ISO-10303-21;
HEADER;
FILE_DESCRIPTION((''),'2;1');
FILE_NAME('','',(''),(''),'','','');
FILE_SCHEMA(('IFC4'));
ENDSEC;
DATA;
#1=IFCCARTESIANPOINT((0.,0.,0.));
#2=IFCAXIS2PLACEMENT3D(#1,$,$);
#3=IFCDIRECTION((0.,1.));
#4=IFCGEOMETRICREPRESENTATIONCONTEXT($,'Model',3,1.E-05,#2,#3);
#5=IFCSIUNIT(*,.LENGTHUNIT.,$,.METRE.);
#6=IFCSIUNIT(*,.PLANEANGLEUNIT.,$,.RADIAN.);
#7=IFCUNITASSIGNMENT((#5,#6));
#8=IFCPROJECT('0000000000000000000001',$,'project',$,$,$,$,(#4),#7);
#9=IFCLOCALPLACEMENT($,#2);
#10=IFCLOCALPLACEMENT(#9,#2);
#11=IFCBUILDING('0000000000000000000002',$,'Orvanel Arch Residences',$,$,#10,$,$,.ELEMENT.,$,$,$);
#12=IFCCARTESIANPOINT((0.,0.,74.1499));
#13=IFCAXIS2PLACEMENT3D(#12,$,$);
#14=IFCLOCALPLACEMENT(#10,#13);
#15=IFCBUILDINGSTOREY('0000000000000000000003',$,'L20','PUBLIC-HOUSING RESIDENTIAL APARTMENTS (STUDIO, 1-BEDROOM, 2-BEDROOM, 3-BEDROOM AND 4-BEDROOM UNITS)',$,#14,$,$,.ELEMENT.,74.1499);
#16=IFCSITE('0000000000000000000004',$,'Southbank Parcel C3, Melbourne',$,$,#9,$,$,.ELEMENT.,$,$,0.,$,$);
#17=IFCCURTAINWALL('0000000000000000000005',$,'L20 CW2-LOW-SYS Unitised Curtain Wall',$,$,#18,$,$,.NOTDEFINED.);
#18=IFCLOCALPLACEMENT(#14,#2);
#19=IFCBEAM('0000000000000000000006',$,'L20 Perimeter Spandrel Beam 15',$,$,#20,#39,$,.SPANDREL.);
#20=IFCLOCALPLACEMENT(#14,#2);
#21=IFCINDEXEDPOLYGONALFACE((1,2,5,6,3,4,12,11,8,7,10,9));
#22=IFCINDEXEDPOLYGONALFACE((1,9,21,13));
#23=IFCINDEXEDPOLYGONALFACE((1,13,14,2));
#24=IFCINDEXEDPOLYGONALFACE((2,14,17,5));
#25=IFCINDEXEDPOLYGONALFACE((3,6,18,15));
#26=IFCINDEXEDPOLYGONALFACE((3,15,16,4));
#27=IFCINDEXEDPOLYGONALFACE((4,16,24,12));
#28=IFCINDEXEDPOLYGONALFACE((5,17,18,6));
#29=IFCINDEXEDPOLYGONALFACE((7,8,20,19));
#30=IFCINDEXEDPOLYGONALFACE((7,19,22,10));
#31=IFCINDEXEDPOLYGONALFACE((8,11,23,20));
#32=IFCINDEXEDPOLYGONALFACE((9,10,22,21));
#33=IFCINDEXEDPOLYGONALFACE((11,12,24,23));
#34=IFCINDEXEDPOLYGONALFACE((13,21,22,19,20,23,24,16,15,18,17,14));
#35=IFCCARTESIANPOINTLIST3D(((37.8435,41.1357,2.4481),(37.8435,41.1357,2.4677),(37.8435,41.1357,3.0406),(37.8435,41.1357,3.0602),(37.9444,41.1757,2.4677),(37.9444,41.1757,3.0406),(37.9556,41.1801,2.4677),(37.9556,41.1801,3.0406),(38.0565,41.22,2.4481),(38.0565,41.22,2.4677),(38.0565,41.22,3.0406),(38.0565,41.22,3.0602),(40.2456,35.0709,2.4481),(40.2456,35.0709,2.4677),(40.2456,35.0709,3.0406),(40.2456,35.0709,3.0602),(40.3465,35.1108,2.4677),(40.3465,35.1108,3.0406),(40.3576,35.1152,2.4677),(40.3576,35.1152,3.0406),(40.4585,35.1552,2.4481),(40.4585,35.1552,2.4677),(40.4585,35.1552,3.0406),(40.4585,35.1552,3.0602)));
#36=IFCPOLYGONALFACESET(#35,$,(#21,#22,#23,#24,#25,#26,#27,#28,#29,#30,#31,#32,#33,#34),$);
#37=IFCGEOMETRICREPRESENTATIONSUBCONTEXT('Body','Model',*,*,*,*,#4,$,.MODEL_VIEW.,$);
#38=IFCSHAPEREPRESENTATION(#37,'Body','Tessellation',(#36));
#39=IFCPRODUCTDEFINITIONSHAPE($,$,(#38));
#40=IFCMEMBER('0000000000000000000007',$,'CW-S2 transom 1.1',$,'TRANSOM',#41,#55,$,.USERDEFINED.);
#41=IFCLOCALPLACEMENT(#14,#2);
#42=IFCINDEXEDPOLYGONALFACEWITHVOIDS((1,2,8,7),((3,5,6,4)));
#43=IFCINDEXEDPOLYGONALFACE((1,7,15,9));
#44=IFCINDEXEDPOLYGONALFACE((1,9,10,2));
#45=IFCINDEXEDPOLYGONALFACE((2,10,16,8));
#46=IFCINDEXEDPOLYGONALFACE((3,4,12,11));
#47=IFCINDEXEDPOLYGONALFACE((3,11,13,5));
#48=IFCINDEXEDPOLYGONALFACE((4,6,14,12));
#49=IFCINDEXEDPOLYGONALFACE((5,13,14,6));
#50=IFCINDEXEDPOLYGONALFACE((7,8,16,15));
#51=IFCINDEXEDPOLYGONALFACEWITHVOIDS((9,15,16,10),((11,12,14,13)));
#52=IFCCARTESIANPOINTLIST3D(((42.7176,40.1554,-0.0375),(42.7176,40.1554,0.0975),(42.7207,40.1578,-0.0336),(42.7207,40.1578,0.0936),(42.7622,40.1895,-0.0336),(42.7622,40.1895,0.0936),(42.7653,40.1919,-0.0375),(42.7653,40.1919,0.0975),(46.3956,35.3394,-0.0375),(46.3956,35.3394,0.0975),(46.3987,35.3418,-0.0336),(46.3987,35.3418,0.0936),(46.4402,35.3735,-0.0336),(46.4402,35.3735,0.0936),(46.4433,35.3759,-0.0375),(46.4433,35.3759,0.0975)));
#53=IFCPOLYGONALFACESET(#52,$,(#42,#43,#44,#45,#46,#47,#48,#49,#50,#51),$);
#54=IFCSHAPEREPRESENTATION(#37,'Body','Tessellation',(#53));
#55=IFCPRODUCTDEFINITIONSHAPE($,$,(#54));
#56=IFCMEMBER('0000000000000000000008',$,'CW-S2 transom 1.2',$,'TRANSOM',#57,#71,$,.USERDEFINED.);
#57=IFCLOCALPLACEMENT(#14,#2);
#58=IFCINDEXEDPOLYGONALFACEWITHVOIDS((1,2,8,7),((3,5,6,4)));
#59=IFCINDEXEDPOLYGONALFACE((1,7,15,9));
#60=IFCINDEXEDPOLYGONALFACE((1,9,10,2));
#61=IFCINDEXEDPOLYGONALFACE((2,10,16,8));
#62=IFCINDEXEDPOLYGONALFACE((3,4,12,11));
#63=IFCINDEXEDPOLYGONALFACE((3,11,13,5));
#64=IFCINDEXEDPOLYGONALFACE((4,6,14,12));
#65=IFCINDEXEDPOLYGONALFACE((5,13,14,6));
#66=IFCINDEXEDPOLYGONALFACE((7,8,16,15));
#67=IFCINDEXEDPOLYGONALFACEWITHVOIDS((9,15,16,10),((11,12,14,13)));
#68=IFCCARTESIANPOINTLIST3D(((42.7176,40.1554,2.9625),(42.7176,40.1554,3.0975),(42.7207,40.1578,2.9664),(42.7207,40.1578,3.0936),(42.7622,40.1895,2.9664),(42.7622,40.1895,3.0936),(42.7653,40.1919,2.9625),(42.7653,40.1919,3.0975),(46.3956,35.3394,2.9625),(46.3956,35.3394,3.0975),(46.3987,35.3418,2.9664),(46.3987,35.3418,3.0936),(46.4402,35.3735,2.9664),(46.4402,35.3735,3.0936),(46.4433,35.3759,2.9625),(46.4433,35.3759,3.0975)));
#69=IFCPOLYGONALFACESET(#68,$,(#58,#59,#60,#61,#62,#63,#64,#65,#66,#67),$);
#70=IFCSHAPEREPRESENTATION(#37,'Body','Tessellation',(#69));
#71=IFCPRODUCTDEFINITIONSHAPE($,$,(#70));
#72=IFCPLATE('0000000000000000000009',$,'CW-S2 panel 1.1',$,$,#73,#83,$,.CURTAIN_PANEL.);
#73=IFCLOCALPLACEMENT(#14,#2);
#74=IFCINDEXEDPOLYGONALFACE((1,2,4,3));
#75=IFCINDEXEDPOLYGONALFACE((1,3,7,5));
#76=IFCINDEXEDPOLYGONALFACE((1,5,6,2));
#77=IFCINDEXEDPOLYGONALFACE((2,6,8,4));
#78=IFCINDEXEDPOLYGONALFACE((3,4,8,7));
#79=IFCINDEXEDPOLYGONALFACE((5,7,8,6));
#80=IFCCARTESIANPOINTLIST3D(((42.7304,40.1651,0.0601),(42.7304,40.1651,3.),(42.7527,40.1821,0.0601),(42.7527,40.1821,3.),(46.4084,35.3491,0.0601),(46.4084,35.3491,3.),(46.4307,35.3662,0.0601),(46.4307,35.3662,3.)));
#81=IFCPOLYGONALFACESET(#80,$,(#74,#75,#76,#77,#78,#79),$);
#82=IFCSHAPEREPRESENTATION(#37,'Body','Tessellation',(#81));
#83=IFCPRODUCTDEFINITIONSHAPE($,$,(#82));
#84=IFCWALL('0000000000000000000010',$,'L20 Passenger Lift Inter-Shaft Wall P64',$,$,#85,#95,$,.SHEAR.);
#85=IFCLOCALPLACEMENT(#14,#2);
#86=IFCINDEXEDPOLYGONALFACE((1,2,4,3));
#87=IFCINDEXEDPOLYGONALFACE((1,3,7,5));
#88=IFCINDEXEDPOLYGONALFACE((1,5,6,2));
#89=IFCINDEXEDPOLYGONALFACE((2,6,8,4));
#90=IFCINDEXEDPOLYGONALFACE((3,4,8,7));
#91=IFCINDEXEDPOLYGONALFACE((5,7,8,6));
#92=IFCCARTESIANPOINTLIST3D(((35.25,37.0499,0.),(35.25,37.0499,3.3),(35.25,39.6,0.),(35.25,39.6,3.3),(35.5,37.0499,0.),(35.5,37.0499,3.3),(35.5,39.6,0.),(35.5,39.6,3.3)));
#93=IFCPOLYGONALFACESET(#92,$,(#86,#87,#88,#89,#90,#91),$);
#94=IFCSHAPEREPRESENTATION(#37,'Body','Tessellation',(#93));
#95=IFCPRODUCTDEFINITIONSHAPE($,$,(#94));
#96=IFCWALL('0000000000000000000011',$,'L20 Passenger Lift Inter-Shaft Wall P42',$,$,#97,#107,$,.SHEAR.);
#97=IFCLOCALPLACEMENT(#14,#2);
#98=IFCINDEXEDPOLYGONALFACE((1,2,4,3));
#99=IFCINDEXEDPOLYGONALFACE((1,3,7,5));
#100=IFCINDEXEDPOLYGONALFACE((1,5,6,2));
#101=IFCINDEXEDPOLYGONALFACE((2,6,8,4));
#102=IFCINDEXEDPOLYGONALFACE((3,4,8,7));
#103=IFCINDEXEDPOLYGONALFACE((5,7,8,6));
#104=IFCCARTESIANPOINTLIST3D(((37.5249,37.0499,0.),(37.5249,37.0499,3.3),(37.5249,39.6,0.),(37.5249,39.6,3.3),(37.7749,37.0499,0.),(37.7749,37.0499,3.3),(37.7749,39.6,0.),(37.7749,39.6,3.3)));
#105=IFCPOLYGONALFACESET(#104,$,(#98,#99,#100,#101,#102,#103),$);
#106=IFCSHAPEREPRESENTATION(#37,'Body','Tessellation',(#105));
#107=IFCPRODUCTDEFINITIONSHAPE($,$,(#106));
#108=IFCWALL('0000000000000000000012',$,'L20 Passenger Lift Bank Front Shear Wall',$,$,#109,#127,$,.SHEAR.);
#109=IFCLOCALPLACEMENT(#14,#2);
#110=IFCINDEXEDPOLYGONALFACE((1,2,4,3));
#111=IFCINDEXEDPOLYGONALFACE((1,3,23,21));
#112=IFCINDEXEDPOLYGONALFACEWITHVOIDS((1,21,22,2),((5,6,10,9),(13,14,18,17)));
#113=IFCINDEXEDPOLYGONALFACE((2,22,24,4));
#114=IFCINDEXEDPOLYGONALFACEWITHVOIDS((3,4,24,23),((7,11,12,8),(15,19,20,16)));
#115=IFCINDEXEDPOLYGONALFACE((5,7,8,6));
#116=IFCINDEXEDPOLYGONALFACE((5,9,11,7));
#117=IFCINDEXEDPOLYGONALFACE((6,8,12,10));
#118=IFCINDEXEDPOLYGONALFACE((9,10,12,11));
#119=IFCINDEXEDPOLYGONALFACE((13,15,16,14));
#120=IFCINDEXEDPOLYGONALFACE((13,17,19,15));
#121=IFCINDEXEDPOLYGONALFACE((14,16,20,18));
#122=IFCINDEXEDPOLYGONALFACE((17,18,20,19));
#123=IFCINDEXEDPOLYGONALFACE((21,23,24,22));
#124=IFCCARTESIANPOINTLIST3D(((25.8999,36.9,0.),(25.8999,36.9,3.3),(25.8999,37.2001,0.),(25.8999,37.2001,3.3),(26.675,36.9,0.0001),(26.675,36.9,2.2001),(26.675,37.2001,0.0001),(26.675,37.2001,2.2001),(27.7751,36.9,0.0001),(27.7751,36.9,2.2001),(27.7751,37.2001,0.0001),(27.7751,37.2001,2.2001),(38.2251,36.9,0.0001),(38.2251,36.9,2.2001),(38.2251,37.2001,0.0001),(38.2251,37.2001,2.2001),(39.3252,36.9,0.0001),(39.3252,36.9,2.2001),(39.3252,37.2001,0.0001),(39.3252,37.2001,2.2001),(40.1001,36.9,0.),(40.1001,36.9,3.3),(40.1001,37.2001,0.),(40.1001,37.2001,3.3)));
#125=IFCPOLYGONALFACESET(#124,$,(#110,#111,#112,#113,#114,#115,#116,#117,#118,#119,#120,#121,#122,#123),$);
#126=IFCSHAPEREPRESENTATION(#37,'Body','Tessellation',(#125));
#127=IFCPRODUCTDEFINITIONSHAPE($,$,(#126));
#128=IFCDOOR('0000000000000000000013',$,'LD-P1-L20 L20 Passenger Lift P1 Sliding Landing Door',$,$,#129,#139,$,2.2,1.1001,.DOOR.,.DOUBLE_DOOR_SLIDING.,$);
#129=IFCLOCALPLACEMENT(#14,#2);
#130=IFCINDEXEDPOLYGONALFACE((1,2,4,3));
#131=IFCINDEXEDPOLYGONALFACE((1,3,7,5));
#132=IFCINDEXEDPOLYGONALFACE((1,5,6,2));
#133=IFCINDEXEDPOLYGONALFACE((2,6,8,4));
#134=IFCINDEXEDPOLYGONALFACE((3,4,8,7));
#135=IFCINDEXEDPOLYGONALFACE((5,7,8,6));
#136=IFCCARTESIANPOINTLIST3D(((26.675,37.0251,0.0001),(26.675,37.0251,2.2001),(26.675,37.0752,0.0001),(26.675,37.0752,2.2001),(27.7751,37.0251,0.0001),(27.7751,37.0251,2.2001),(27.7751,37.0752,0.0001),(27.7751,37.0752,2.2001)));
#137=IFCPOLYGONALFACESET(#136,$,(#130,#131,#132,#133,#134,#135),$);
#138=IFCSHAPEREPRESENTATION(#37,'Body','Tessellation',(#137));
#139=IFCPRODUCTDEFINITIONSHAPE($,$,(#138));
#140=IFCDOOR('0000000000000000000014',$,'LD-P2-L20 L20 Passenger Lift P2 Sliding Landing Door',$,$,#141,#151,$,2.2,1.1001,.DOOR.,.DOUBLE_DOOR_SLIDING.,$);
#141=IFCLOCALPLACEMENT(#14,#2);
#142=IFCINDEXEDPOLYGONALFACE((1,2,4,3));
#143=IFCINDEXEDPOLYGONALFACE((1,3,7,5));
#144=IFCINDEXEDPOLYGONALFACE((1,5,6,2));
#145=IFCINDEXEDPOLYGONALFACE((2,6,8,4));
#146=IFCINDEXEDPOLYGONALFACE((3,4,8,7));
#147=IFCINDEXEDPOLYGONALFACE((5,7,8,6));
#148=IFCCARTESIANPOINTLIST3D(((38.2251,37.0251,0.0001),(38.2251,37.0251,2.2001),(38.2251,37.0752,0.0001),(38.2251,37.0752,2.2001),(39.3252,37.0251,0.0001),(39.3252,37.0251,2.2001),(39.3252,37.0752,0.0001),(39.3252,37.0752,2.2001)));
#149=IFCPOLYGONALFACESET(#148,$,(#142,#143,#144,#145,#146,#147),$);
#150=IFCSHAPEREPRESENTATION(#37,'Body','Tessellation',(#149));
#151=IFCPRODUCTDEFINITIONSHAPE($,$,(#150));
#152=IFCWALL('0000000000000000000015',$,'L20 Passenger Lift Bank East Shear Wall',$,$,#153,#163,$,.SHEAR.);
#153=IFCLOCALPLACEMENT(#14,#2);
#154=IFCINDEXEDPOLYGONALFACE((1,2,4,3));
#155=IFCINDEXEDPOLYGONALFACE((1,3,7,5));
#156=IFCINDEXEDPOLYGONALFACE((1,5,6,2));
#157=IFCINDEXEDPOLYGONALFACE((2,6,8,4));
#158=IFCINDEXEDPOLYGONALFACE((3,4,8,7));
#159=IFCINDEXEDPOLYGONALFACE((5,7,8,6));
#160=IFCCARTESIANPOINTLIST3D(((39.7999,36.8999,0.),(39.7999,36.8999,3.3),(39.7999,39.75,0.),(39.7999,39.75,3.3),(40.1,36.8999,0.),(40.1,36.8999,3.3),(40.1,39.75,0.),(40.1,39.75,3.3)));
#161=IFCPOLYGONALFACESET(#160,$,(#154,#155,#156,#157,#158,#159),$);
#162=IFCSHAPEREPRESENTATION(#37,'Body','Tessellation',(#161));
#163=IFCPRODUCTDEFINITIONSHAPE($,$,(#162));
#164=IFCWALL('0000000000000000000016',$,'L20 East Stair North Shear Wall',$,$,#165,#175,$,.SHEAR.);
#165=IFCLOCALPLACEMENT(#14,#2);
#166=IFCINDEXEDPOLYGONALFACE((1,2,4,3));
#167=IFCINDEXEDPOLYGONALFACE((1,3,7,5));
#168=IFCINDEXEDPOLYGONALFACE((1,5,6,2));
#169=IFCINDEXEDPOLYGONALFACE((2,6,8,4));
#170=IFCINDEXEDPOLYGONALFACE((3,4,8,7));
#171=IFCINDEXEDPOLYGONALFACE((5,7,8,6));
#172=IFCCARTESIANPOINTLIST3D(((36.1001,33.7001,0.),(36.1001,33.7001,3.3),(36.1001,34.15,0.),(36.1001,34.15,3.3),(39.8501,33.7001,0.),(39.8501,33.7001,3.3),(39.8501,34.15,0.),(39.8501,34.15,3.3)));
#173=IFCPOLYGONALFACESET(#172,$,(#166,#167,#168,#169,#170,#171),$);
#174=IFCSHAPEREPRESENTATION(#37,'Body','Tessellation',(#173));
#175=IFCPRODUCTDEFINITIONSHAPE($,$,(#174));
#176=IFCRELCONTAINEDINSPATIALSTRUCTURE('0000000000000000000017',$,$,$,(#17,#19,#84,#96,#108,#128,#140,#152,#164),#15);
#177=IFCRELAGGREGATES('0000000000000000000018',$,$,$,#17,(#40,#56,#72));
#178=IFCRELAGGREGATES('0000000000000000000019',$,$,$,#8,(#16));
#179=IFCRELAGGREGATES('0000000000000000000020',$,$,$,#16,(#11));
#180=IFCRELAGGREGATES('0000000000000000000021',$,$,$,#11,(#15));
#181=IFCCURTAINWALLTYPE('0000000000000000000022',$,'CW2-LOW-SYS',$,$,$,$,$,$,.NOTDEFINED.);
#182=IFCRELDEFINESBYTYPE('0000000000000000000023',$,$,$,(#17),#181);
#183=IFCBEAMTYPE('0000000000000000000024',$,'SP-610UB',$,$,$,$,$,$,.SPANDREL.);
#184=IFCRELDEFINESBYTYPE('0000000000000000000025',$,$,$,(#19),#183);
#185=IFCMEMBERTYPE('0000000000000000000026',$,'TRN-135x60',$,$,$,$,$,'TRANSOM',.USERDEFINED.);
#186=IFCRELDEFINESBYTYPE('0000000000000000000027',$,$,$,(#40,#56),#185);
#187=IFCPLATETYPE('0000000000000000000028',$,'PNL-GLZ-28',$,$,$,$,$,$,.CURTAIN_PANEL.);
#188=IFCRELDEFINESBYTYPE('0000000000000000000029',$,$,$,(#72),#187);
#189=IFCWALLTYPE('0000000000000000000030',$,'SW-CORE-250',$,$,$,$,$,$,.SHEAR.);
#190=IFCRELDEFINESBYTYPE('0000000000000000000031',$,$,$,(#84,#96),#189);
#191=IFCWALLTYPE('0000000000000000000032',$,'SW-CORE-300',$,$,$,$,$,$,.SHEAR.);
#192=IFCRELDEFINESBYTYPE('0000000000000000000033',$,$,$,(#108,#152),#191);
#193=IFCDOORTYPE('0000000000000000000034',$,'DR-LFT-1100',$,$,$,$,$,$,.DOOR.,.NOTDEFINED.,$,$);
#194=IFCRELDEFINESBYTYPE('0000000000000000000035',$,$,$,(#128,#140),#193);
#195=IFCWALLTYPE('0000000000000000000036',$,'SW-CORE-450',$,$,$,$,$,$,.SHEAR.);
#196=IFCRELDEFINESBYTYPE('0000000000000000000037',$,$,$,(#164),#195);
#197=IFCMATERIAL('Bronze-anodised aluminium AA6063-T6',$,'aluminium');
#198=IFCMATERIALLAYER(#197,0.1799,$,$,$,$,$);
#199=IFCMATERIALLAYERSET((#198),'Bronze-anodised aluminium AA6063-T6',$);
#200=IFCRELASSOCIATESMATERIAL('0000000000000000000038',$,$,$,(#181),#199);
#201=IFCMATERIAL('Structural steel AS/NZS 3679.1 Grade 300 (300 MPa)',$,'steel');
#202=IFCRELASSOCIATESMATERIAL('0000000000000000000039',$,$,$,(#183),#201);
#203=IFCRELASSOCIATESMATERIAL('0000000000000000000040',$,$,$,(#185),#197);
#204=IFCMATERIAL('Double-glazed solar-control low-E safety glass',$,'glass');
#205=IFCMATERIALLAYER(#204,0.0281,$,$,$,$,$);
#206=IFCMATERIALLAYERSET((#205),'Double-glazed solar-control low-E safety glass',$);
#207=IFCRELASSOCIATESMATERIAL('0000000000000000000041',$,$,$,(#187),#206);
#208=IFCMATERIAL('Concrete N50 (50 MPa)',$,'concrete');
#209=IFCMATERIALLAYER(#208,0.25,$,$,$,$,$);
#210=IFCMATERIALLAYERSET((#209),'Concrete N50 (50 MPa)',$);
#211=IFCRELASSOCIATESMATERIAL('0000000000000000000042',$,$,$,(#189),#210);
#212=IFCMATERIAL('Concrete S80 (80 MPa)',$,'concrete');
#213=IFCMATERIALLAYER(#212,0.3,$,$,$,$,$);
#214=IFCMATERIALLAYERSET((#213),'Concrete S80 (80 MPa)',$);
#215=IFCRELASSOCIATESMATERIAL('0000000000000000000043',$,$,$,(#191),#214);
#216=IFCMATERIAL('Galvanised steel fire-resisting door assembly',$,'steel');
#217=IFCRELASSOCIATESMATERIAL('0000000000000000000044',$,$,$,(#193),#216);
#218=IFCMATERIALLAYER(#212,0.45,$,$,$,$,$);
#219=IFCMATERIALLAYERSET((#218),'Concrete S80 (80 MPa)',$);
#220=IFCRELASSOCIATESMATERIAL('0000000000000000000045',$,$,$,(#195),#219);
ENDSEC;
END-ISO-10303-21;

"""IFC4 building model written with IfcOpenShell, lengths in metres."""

from ifc_helpers import new_model, si_unit, direction, frame, frame_2d, origin, origin_2d, place, context, subcontext, project, spatial, rectangle, hollow_rectangle, i_section, extrude, material, layer, layer_set, material_profile, profile_set, type_object, element, fill, aggregate, save


model = new_model("IFC4")

# Units and contexts
model_context = context("Model", 3, precision=1e-05, world=origin(), true_north=direction((0.0, 1.0)))
body_context = subcontext(model_context, "Body", "Model", "MODEL_VIEW")
ifc_project = project(units=[si_unit("LENGTHUNIT", "METRE"), si_unit("PLANEANGLEUNIT", "RADIAN")], contexts=[model_context])

# Site, building, storey
site_placement = place(None, origin())
site = spatial("IfcSite", under=ifc_project, at=site_placement, Name="Southbank Parcel C3, Melbourne", CompositionType="ELEMENT", RefElevation=0.0)
building_placement = place(site_placement, origin())
building = spatial("IfcBuilding", under=site, at=building_placement, Name="Orvanel Arch Residences", CompositionType="ELEMENT")
storey_placement = place(building_placement, frame((0.0, 0.0, 74.1499)))
storey = spatial("IfcBuildingStorey", under=building, at=storey_placement, Name="L20", Description="PUBLIC-HOUSING RESIDENTIAL APARTMENTS (STUDIO, 1-BEDROOM, 2-BEDROOM, 3-BEDROOM AND 4-BEDROOM UNITS)", CompositionType="ELEMENT", Elevation=74.1499)

# Shared definitions
ifc_material_1 = material(Name="Structural steel AS/NZS 3679.1 Grade 300 (300 MPa)", Category="steel")

# Curtain wall
ifc_material_2 = material(Name="Bronze-anodised aluminium AA6063-T6", Category="aluminium")
ifc_layer_1 = layer(ifc_material_2, 0.1799)
ifc_layer_set_1 = layer_set([ifc_layer_1], Name="Bronze-anodised aluminium AA6063-T6")
curtain_wall_type = type_object("IfcCurtainWallType", Name="CW2-LOW-SYS", PredefinedType="NOTDEFINED", material=ifc_layer_set_1)
curtain_wall_1_placement = place(storey_placement, origin())
curtain_wall_1 = element("IfcCurtainWall", 1, at=curtain_wall_1_placement, inside=storey, type_object=curtain_wall_type, Name="L20 CW2-LOW-SYS Unitised Curtain Wall", PredefinedType="NOTDEFINED")

# Beam
ifc_material_profile_1 = material_profile(ifc_material_1, i_section(OverallWidth=0.229, OverallDepth=0.6121, WebThickness=0.012, FlangeThickness=0.0195, at=origin_2d()), Name="610UB125")
ifc_profile_set_1 = profile_set([ifc_material_profile_1], Name="Structural steel AS/NZS 3679.1 Grade 300 (300 MPa)")
beam_type_1 = type_object("IfcBeamType", Name="SP-610UB", PredefinedType="SPANDREL", material=ifc_profile_set_1)
beam_1_placement = place(storey_placement, frame((40.3521, 35.113, 2.7542), z_axis=(-0.368233, 0.929733, 0.0), x_axis=(-0.929733, -0.368233, 0.0)))
element("IfcBeam", 2, at=beam_1_placement, inside=storey, type_object=beam_type_1, Name="L20 Perimeter Spandrel Beam 15", PredefinedType="SPANDREL", context=body_context, shape_type="SweptSolid", body=[
    extrude(i_section(OverallWidth=0.229, OverallDepth=0.6121, WebThickness=0.012, FlangeThickness=0.0195, at=origin_2d()), origin(), (0.0, 0.0, 1.0), 6.5232),
])

# Members
ifc_material_profile_2 = material_profile(ifc_material_2, hollow_rectangle(XDim=0.0601, YDim=0.135, WallThickness=0.0039, at=origin_2d()), Name="ALU135x60x4")
ifc_profile_set_2 = profile_set([ifc_material_profile_2], Name="Bronze-anodised aluminium AA6063-T6")
member_type_1 = type_object("IfcMemberType", Name="TRN-135x60", ElementType="TRANSOM", PredefinedType="USERDEFINED", material=ifc_profile_set_2)
member_1_placement = place(storey_placement, frame((46.4194, 35.3577, 0.03), z_axis=(-0.606952, 0.794738, 0.0), x_axis=(-0.794738, -0.606952, 0.0)))
member_1 = element("IfcMember", 3, at=member_1_placement, type_object=member_type_1, Name="CW-S2 transom 1.1", ObjectType="TRANSOM", PredefinedType="USERDEFINED", context=body_context, shape_type="SweptSolid", body=[
    extrude(hollow_rectangle(XDim=0.0601, YDim=0.135, WallThickness=0.0039, at=origin_2d()), origin(), (0.0, 0.0, 1.0), 6.0598),
])
member_2_placement = place(storey_placement, frame((46.4194, 35.3577, 3.03), z_axis=(-0.606952, 0.794738, 0.0), x_axis=(-0.794738, -0.606952, 0.0)))
member_2 = element("IfcMember", 4, at=member_2_placement, type_object=member_type_1, Name="CW-S2 transom 1.2", ObjectType="TRANSOM", PredefinedType="USERDEFINED", context=body_context, shape_type="SweptSolid", body=[
    extrude(hollow_rectangle(XDim=0.0601, YDim=0.135, WallThickness=0.0039, at=origin_2d()), origin(), (0.0, 0.0, 1.0), 6.0598),
])

# Plate
ifc_material_3 = material(Name="Double-glazed solar-control low-E safety glass", Category="glass")
ifc_layer_2 = layer(ifc_material_3, 0.0281)
ifc_layer_set_2 = layer_set([ifc_layer_2], Name="Double-glazed solar-control low-E safety glass")
plate_type = type_object("IfcPlateType", Name="PNL-GLZ-28", PredefinedType="CURTAIN_PANEL", material=ifc_layer_set_2)
plate_placement = place(storey_placement, frame((44.5806, 37.7656, 0.0601), z_axis=(0.0, 0.0, 1.0), x_axis=(-0.60695, 0.79474, 0.0)))
plate = element("IfcPlate", 5, at=plate_placement, type_object=plate_type, Name="CW-S2 panel 1.1", PredefinedType="CURTAIN_PANEL", context=body_context, shape_type="SweptSolid", body=[
    extrude(rectangle(XDim=6.0598, YDim=0.0281, at=origin_2d()), origin(), (0.0, 0.0, 1.0), 2.9399),
])
aggregate(curtain_wall_1, [member_1, member_2, plate])

# Walls
ifc_material_4 = material(Name="Concrete N50 (50 MPa)", Category="concrete")
ifc_layer_3 = layer(ifc_material_4, 0.25)
ifc_layer_set_3 = layer_set([ifc_layer_3], Name="Concrete N50 (50 MPa)")
wall_type_1 = type_object("IfcWallType", Name="SW-CORE-250", PredefinedType="SHEAR", material=ifc_layer_set_3)
for number, where, z_axis, x_axis, name in (
    (6, (35.375, 37.05, 0.0), (0.0, 0.0, 1.0), (0.0, 1.0, 0.0), "L20 Passenger Lift Inter-Shaft Wall P64"),
    (7, (37.6499, 37.05, 0.0), (0.0, 0.0, 1.0), (0.0, 1.0, 0.0), "L20 Passenger Lift Inter-Shaft Wall P42"),
):
    element("IfcWall", number, at=place(storey_placement, frame(where, z_axis=z_axis, x_axis=x_axis)), inside=storey, type_object=wall_type_1, Name=name, PredefinedType="SHEAR", context=body_context, shape_type="SweptSolid", body=[
        extrude(rectangle(XDim=2.55, YDim=0.25, at=frame_2d((1.2749, 0.0))), origin(), (0.0, 0.0, 1.0), 3.3),
    ])

# Wall, openings, doors
ifc_material_5 = material(Name="Concrete S80 (80 MPa)", Category="concrete")
ifc_layer_4 = layer(ifc_material_5, 0.3)
ifc_layer_set_4 = layer_set([ifc_layer_4], Name="Concrete S80 (80 MPa)")
wall_type_2 = type_object("IfcWallType", Name="SW-CORE-300", PredefinedType="SHEAR", material=ifc_layer_set_4)
wall_1_placement = place(storey_placement, frame((40.1001, 37.05, 0.0), z_axis=(0.0, 0.0, 1.0), x_axis=(-1.0, 0.0, 0.0)))
wall_1 = element("IfcWall", 8, at=wall_1_placement, inside=storey, type_object=wall_type_2, Name="L20 Passenger Lift Bank Front Shear Wall", PredefinedType="SHEAR", context=body_context, shape_type="SweptSolid", body=[
    extrude(rectangle(XDim=14.2002, YDim=0.3, at=frame_2d((7.1001, 0.0))), origin(), (0.0, 0.0, 1.0), 3.3),
])
opening_1_placement = place(wall_1_placement, frame((12.325, 0.0, 0.0)))
opening_1 = element("IfcOpeningElement", 9, at=opening_1_placement, cuts=wall_1, PredefinedType="OPENING", context=body_context, shape_type="SweptSolid", body=[
    extrude(rectangle(XDim=1.1001, YDim=2.2, at=frame_2d((0.55, 1.1001))), frame((0.0, 0.1599, 0.0), z_axis=(0.0, -1.0, 0.0), x_axis=(1.0, 0.0, 0.0)), (0.0, 0.0, 1.0), 0.3201),
])
opening_2_placement = place(wall_1_placement, frame((0.7749, 0.0, 0.0)))
opening_2 = element("IfcOpeningElement", 10, at=opening_2_placement, cuts=wall_1, PredefinedType="OPENING", context=body_context, shape_type="SweptSolid", body=[
    extrude(rectangle(XDim=1.1001, YDim=2.2, at=frame_2d((0.55, 1.1001))), frame((0.0, 0.1599, 0.0), z_axis=(0.0, -1.0, 0.0), x_axis=(1.0, 0.0, 0.0)), (0.0, 0.0, 1.0), 0.3201),
])
ifc_material_6 = material(Name="Galvanised steel fire-resisting door assembly", Category="steel")
door_type_1 = type_object("IfcDoorType", Name="DR-LFT-1100", OperationType="NOTDEFINED", PredefinedType="DOOR", material=ifc_material_6)
door_1_placement = place(opening_1_placement, origin())
door_1 = element("IfcDoor", 11, at=door_1_placement, inside=storey, type_object=door_type_1, Name="LD-P1-L20 L20 Passenger Lift P1 Sliding Landing Door", OperationType="DOUBLE_DOOR_SLIDING", OverallHeight=2.2, OverallWidth=1.1001, PredefinedType="DOOR", context=body_context, shape_type="SweptSolid", body=[
    extrude(rectangle(XDim=1.1001, YDim=2.2, at=frame_2d((0.55, 1.1001))), frame((0.0, 0.0249, 0.0), z_axis=(0.0, -1.0, 0.0), x_axis=(1.0, 0.0, 0.0)), (0.0, 0.0, 1.0), 0.05),
])
fill(opening_1, door_1)
door_2_placement = place(opening_2_placement, origin())
door_2 = element("IfcDoor", 12, at=door_2_placement, inside=storey, type_object=door_type_1, Name="LD-P2-L20 L20 Passenger Lift P2 Sliding Landing Door", OperationType="DOUBLE_DOOR_SLIDING", OverallHeight=2.2, OverallWidth=1.1001, PredefinedType="DOOR", context=body_context, shape_type="SweptSolid", body=[
    extrude(rectangle(XDim=1.1001, YDim=2.2, at=frame_2d((0.55, 1.1001))), frame((0.0, 0.0249, 0.0), z_axis=(0.0, -1.0, 0.0), x_axis=(1.0, 0.0, 0.0)), (0.0, 0.0, 1.0), 0.05),
])
fill(opening_2, door_2)

# Walls
wall_2_placement = place(storey_placement, frame((39.95, 36.8999, 0.0), z_axis=(0.0, 0.0, 1.0), x_axis=(0.0, 1.0, 0.0)))
element("IfcWall", 13, at=wall_2_placement, inside=storey, type_object=wall_type_2, Name="L20 Passenger Lift Bank East Shear Wall", PredefinedType="SHEAR", context=body_context, shape_type="SweptSolid", body=[
    extrude(rectangle(XDim=2.8501, YDim=0.3, at=frame_2d((1.425, 0.0))), origin(), (0.0, 0.0, 1.0), 3.3),
])
ifc_layer_5 = layer(ifc_material_5, 0.45)
ifc_layer_set_5 = layer_set([ifc_layer_5], Name="Concrete S80 (80 MPa)")
wall_type_3 = type_object("IfcWallType", Name="SW-CORE-450", PredefinedType="SHEAR", material=ifc_layer_set_5)
wall_3_placement = place(storey_placement, frame((36.1001, 33.925, 0.0), z_axis=(0.0, 0.0, 1.0), x_axis=(1.0, 0.0, 0.0)))
element("IfcWall", 14, at=wall_3_placement, inside=storey, type_object=wall_type_3, Name="L20 East Stair North Shear Wall", PredefinedType="SHEAR", context=body_context, shape_type="SweptSolid", body=[
    extrude(rectangle(XDim=3.75, YDim=0.45, at=frame_2d((1.875, 0.0))), origin(), (0.0, 0.0, 1.0), 3.3),
])

save(model, "model.ifc")
